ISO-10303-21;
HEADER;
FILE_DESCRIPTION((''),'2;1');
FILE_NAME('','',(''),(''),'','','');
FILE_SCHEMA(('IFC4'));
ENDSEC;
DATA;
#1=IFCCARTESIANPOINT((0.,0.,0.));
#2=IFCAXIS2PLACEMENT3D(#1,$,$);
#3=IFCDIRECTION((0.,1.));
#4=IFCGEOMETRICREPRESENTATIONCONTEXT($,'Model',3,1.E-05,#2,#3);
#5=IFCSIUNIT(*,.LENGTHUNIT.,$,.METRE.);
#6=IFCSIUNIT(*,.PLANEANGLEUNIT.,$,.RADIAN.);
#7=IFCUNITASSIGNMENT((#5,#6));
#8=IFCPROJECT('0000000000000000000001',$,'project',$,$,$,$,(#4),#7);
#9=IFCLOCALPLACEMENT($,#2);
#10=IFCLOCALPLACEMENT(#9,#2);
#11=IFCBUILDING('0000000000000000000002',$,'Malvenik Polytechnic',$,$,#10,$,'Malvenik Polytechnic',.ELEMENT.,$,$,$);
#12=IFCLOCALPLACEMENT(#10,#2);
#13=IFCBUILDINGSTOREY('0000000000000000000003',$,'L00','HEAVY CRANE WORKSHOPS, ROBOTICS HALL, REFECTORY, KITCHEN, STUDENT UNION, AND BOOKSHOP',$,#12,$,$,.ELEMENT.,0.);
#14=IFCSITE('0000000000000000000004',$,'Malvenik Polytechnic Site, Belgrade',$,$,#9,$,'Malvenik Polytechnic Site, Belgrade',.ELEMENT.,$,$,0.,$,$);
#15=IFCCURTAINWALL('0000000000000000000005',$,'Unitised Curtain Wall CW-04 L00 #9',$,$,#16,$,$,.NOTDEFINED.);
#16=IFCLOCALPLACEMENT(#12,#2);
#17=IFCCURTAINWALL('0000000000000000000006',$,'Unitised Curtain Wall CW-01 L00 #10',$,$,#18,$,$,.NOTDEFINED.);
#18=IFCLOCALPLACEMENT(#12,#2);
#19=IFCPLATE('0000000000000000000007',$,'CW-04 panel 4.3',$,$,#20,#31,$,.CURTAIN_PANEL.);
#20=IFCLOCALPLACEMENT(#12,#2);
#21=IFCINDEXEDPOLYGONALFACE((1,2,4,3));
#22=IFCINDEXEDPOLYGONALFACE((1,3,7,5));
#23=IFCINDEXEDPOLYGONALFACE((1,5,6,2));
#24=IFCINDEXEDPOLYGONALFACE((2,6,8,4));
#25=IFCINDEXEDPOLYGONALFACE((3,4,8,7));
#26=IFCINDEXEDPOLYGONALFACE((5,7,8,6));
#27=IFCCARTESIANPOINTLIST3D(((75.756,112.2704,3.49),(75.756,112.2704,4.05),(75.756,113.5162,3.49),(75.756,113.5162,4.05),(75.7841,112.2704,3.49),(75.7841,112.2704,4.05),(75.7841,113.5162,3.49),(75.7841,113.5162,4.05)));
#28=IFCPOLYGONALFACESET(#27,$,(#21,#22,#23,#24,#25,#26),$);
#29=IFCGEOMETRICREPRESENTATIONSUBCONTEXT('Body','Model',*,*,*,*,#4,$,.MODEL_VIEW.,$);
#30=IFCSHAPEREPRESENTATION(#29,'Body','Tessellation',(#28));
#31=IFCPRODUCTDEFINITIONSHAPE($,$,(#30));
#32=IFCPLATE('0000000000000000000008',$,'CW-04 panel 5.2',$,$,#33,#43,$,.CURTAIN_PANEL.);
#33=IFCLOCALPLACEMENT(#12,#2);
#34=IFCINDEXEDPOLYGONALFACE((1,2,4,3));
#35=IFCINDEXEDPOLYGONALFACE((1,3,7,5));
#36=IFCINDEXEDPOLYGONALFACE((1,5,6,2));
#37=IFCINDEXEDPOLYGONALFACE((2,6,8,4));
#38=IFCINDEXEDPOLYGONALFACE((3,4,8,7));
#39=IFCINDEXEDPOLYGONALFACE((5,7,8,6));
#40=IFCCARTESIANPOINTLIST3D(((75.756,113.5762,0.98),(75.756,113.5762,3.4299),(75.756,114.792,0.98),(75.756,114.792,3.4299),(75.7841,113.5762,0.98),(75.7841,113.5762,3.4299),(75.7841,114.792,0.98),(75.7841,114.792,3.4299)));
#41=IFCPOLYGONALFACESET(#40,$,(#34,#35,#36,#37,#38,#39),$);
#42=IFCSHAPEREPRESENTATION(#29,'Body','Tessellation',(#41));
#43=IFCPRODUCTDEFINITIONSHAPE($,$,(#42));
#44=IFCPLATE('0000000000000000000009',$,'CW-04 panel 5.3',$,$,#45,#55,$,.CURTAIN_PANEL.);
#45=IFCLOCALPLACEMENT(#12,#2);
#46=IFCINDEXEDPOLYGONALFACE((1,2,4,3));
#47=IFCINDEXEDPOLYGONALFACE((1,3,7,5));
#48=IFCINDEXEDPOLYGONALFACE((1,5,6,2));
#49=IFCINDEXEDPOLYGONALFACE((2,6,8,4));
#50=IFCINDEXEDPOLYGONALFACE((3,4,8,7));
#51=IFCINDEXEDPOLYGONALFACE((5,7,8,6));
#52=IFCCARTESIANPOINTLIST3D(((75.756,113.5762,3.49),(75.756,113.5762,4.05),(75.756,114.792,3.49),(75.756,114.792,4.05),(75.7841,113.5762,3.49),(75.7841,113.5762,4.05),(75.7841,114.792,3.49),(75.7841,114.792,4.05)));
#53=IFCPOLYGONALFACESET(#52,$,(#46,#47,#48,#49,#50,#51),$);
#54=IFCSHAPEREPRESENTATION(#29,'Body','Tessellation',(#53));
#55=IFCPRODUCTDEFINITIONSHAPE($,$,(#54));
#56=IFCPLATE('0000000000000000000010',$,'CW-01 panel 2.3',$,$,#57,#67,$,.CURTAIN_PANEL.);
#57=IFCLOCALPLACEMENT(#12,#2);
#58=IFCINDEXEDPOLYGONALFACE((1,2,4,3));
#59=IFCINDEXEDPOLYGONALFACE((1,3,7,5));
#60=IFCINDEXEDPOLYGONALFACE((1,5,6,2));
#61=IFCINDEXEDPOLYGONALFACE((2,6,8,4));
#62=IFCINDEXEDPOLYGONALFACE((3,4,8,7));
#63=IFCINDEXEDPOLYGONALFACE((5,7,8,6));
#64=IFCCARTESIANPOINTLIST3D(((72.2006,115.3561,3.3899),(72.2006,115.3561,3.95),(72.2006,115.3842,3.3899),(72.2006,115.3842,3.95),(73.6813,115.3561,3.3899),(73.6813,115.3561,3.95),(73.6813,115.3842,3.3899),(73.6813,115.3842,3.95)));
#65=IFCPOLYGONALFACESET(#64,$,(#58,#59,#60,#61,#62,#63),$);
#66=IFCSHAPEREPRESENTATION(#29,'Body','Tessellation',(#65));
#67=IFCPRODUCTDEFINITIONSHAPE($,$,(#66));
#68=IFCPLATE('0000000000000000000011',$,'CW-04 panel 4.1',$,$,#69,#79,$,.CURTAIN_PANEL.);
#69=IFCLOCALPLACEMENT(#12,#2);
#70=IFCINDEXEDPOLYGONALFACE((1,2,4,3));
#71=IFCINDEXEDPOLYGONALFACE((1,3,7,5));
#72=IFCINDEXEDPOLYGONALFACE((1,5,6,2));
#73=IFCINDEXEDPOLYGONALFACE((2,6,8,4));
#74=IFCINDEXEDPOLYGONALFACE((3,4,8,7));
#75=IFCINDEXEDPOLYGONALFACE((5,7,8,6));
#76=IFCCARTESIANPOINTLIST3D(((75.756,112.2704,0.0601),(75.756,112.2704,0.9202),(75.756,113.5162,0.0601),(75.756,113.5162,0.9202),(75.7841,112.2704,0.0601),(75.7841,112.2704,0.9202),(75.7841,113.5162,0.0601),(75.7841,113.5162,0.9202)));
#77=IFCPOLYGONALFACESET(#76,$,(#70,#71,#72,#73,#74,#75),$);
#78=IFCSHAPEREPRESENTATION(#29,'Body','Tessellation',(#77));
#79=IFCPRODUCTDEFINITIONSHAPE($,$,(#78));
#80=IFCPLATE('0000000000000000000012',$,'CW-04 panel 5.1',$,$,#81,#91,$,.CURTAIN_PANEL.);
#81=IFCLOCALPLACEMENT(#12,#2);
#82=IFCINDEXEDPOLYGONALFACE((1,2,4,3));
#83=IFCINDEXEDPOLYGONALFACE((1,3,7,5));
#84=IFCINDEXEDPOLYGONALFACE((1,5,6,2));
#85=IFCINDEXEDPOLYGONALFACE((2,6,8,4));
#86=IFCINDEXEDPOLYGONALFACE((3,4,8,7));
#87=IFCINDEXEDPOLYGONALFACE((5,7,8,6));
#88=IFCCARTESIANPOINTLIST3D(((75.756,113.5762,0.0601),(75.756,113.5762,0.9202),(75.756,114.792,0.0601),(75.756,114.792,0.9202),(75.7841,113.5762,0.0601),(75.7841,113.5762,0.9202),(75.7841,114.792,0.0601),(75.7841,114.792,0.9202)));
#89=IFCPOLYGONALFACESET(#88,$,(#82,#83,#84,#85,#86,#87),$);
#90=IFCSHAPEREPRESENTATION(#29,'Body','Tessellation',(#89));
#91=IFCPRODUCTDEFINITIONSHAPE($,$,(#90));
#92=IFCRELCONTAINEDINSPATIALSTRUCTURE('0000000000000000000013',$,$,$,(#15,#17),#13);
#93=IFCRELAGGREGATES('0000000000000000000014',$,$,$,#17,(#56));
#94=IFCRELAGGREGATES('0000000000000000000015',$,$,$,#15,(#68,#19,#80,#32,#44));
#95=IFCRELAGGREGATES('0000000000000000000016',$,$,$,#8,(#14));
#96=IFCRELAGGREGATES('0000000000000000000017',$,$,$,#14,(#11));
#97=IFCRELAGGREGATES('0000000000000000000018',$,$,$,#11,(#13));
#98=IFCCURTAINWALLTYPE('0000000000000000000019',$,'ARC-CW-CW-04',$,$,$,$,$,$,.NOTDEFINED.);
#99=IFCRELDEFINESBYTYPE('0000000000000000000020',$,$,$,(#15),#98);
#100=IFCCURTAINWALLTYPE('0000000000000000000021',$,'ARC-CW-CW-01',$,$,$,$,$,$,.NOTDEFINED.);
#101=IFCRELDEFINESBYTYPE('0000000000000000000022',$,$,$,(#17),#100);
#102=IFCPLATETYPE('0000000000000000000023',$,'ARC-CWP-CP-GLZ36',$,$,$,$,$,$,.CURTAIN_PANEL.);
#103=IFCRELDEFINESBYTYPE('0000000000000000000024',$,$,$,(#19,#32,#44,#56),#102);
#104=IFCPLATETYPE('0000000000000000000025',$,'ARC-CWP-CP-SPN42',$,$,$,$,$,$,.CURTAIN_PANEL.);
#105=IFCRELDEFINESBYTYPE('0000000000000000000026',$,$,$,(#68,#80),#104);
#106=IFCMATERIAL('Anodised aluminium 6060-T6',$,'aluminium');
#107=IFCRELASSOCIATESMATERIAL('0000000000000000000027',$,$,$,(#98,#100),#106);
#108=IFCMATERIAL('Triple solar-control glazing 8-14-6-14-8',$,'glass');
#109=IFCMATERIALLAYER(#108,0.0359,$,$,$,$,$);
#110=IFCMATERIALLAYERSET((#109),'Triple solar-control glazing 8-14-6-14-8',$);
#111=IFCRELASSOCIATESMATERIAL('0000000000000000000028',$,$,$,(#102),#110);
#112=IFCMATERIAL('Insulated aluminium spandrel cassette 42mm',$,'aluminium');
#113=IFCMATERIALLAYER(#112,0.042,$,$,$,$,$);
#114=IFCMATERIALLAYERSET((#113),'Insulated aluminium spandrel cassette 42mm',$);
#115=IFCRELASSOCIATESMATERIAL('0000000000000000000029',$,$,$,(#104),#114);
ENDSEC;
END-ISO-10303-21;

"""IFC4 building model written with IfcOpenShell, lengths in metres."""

from ifc_helpers import new_model, si_unit, direction, frame, origin, origin_2d, place, context, subcontext, project, spatial, rectangle, extrude, material, layer, layer_set, type_object, element, aggregate, save


model = new_model("IFC4")

# Units and contexts
model_context = context("Model", 3, precision=1e-05, world=origin(), true_north=direction((0.0, 1.0)))
body_context = subcontext(model_context, "Body", "Model", "MODEL_VIEW")
ifc_project = project(units=[si_unit("LENGTHUNIT", "METRE"), si_unit("PLANEANGLEUNIT", "RADIAN")], contexts=[model_context])

# Site, building, storey
site_placement = place(None, origin())
site = spatial("IfcSite", under=ifc_project, at=site_placement, Name="Malvenik Polytechnic Site, Belgrade", LongName="Malvenik Polytechnic Site, Belgrade", CompositionType="ELEMENT", RefElevation=0.0)
building_placement = place(site_placement, origin())
building = spatial("IfcBuilding", under=site, at=building_placement, Name="Malvenik Polytechnic", LongName="Malvenik Polytechnic", CompositionType="ELEMENT")
storey_placement = place(building_placement, origin())
storey = spatial("IfcBuildingStorey", under=building, at=storey_placement, Name="L00", Description="HEAVY CRANE WORKSHOPS, ROBOTICS HALL, REFECTORY, KITCHEN, STUDENT UNION, AND BOOKSHOP", CompositionType="ELEMENT", Elevation=0.0)

# Curtain walls
ifc_material_1 = material(Name="Anodised aluminium 6060-T6", Category="aluminium")
curtain_wall_type_1 = type_object("IfcCurtainWallType", Name="ARC-CW-CW-04", PredefinedType="NOTDEFINED", material=ifc_material_1)
curtain_wall_1_placement = place(storey_placement, origin())
curtain_wall_1 = element("IfcCurtainWall", 1, at=curtain_wall_1_placement, inside=storey, type_object=curtain_wall_type_1, Name="Unitised Curtain Wall CW-04 L00 #9", PredefinedType="NOTDEFINED")
curtain_wall_type_2 = type_object("IfcCurtainWallType", Name="ARC-CW-CW-01", PredefinedType="NOTDEFINED", material=ifc_material_1)
curtain_wall_2_placement = place(storey_placement, origin())
curtain_wall_2 = element("IfcCurtainWall", 2, at=curtain_wall_2_placement, inside=storey, type_object=curtain_wall_type_2, Name="Unitised Curtain Wall CW-01 L00 #10", PredefinedType="NOTDEFINED")

# Plates
ifc_material_2 = material(Name="Triple solar-control glazing 8-14-6-14-8", Category="glass")
ifc_layer_1 = layer(ifc_material_2, 0.0359)
ifc_layer_set_1 = layer_set([ifc_layer_1], Name="Triple solar-control glazing 8-14-6-14-8")
plate_type_1 = type_object("IfcPlateType", Name="ARC-CWP-CP-GLZ36", PredefinedType="CURTAIN_PANEL", material=ifc_layer_set_1)
plate_1_placement = place(storey_placement, frame((75.77, 112.8933, 3.49), z_axis=(0.0, 0.0, 1.0), x_axis=(0.0, 1.0, 0.0)))
plate_1 = element("IfcPlate", 3, at=plate_1_placement, type_object=plate_type_1, Name="CW-04 panel 4.3", PredefinedType="CURTAIN_PANEL", context=body_context, shape_type="SweptSolid", body=[
    extrude(rectangle(XDim=1.2458, YDim=0.0281, at=origin_2d()), origin(), (0.0, 0.0, 1.0), 0.5601),
])
plate_2_placement = place(storey_placement, frame((75.77, 114.1841, 0.98), z_axis=(0.0, 0.0, 1.0), x_axis=(0.0, 1.0, 0.0)))
plate_2 = element("IfcPlate", 4, at=plate_2_placement, type_object=plate_type_1, Name="CW-04 panel 5.2", PredefinedType="CURTAIN_PANEL", context=body_context, shape_type="SweptSolid", body=[
    extrude(rectangle(XDim=1.2158, YDim=0.0281, at=origin_2d()), origin(), (0.0, 0.0, 1.0), 2.45),
])
plate_3_placement = place(storey_placement, frame((75.77, 114.1841, 3.49), z_axis=(0.0, 0.0, 1.0), x_axis=(0.0, 1.0, 0.0)))
plate_3 = element("IfcPlate", 5, at=plate_3_placement, type_object=plate_type_1, Name="CW-04 panel 5.3", PredefinedType="CURTAIN_PANEL", context=body_context, shape_type="SweptSolid", body=[
    extrude(rectangle(XDim=1.2158, YDim=0.0281, at=origin_2d()), origin(), (0.0, 0.0, 1.0), 0.5601),
])
plate_4_placement = place(storey_placement, frame((72.9409, 115.3701, 3.3899), z_axis=(0.0, 0.0, 1.0), x_axis=(-1.0, 0.0, 0.0)))
plate_4 = element("IfcPlate", 6, at=plate_4_placement, type_object=plate_type_1, Name="CW-01 panel 2.3", PredefinedType="CURTAIN_PANEL", context=body_context, shape_type="SweptSolid", body=[
    extrude(rectangle(XDim=1.4807, YDim=0.0281, at=origin_2d()), origin(), (0.0, 0.0, 1.0), 0.5601),
])
aggregate(curtain_wall_2, [plate_4])
ifc_material_3 = material(Name="Insulated aluminium spandrel cassette 42mm", Category="aluminium")
ifc_layer_2 = layer(ifc_material_3, 0.042)
ifc_layer_set_2 = layer_set([ifc_layer_2], Name="Insulated aluminium spandrel cassette 42mm")
plate_type_2 = type_object("IfcPlateType", Name="ARC-CWP-CP-SPN42", PredefinedType="CURTAIN_PANEL", material=ifc_layer_set_2)
plate_5_placement = place(storey_placement, frame((75.77, 112.8933, 0.0601), z_axis=(0.0, 0.0, 1.0), x_axis=(0.0, 1.0, 0.0)))
plate_5 = element("IfcPlate", 7, at=plate_5_placement, type_object=plate_type_2, Name="CW-04 panel 4.1", PredefinedType="CURTAIN_PANEL", context=body_context, shape_type="SweptSolid", body=[
    extrude(rectangle(XDim=1.2458, YDim=0.0281, at=origin_2d()), origin(), (0.0, 0.0, 1.0), 0.8601),
])
plate_6_placement = place(storey_placement, frame((75.77, 114.1841, 0.0601), z_axis=(0.0, 0.0, 1.0), x_axis=(0.0, 1.0, 0.0)))
plate_6 = element("IfcPlate", 8, at=plate_6_placement, type_object=plate_type_2, Name="CW-04 panel 5.1", PredefinedType="CURTAIN_PANEL", context=body_context, shape_type="SweptSolid", body=[
    extrude(rectangle(XDim=1.2158, YDim=0.0281, at=origin_2d()), origin(), (0.0, 0.0, 1.0), 0.8601),
])
aggregate(curtain_wall_1, [plate_5, plate_1, plate_6, plate_2, plate_3])

save(model, "model.ifc")
